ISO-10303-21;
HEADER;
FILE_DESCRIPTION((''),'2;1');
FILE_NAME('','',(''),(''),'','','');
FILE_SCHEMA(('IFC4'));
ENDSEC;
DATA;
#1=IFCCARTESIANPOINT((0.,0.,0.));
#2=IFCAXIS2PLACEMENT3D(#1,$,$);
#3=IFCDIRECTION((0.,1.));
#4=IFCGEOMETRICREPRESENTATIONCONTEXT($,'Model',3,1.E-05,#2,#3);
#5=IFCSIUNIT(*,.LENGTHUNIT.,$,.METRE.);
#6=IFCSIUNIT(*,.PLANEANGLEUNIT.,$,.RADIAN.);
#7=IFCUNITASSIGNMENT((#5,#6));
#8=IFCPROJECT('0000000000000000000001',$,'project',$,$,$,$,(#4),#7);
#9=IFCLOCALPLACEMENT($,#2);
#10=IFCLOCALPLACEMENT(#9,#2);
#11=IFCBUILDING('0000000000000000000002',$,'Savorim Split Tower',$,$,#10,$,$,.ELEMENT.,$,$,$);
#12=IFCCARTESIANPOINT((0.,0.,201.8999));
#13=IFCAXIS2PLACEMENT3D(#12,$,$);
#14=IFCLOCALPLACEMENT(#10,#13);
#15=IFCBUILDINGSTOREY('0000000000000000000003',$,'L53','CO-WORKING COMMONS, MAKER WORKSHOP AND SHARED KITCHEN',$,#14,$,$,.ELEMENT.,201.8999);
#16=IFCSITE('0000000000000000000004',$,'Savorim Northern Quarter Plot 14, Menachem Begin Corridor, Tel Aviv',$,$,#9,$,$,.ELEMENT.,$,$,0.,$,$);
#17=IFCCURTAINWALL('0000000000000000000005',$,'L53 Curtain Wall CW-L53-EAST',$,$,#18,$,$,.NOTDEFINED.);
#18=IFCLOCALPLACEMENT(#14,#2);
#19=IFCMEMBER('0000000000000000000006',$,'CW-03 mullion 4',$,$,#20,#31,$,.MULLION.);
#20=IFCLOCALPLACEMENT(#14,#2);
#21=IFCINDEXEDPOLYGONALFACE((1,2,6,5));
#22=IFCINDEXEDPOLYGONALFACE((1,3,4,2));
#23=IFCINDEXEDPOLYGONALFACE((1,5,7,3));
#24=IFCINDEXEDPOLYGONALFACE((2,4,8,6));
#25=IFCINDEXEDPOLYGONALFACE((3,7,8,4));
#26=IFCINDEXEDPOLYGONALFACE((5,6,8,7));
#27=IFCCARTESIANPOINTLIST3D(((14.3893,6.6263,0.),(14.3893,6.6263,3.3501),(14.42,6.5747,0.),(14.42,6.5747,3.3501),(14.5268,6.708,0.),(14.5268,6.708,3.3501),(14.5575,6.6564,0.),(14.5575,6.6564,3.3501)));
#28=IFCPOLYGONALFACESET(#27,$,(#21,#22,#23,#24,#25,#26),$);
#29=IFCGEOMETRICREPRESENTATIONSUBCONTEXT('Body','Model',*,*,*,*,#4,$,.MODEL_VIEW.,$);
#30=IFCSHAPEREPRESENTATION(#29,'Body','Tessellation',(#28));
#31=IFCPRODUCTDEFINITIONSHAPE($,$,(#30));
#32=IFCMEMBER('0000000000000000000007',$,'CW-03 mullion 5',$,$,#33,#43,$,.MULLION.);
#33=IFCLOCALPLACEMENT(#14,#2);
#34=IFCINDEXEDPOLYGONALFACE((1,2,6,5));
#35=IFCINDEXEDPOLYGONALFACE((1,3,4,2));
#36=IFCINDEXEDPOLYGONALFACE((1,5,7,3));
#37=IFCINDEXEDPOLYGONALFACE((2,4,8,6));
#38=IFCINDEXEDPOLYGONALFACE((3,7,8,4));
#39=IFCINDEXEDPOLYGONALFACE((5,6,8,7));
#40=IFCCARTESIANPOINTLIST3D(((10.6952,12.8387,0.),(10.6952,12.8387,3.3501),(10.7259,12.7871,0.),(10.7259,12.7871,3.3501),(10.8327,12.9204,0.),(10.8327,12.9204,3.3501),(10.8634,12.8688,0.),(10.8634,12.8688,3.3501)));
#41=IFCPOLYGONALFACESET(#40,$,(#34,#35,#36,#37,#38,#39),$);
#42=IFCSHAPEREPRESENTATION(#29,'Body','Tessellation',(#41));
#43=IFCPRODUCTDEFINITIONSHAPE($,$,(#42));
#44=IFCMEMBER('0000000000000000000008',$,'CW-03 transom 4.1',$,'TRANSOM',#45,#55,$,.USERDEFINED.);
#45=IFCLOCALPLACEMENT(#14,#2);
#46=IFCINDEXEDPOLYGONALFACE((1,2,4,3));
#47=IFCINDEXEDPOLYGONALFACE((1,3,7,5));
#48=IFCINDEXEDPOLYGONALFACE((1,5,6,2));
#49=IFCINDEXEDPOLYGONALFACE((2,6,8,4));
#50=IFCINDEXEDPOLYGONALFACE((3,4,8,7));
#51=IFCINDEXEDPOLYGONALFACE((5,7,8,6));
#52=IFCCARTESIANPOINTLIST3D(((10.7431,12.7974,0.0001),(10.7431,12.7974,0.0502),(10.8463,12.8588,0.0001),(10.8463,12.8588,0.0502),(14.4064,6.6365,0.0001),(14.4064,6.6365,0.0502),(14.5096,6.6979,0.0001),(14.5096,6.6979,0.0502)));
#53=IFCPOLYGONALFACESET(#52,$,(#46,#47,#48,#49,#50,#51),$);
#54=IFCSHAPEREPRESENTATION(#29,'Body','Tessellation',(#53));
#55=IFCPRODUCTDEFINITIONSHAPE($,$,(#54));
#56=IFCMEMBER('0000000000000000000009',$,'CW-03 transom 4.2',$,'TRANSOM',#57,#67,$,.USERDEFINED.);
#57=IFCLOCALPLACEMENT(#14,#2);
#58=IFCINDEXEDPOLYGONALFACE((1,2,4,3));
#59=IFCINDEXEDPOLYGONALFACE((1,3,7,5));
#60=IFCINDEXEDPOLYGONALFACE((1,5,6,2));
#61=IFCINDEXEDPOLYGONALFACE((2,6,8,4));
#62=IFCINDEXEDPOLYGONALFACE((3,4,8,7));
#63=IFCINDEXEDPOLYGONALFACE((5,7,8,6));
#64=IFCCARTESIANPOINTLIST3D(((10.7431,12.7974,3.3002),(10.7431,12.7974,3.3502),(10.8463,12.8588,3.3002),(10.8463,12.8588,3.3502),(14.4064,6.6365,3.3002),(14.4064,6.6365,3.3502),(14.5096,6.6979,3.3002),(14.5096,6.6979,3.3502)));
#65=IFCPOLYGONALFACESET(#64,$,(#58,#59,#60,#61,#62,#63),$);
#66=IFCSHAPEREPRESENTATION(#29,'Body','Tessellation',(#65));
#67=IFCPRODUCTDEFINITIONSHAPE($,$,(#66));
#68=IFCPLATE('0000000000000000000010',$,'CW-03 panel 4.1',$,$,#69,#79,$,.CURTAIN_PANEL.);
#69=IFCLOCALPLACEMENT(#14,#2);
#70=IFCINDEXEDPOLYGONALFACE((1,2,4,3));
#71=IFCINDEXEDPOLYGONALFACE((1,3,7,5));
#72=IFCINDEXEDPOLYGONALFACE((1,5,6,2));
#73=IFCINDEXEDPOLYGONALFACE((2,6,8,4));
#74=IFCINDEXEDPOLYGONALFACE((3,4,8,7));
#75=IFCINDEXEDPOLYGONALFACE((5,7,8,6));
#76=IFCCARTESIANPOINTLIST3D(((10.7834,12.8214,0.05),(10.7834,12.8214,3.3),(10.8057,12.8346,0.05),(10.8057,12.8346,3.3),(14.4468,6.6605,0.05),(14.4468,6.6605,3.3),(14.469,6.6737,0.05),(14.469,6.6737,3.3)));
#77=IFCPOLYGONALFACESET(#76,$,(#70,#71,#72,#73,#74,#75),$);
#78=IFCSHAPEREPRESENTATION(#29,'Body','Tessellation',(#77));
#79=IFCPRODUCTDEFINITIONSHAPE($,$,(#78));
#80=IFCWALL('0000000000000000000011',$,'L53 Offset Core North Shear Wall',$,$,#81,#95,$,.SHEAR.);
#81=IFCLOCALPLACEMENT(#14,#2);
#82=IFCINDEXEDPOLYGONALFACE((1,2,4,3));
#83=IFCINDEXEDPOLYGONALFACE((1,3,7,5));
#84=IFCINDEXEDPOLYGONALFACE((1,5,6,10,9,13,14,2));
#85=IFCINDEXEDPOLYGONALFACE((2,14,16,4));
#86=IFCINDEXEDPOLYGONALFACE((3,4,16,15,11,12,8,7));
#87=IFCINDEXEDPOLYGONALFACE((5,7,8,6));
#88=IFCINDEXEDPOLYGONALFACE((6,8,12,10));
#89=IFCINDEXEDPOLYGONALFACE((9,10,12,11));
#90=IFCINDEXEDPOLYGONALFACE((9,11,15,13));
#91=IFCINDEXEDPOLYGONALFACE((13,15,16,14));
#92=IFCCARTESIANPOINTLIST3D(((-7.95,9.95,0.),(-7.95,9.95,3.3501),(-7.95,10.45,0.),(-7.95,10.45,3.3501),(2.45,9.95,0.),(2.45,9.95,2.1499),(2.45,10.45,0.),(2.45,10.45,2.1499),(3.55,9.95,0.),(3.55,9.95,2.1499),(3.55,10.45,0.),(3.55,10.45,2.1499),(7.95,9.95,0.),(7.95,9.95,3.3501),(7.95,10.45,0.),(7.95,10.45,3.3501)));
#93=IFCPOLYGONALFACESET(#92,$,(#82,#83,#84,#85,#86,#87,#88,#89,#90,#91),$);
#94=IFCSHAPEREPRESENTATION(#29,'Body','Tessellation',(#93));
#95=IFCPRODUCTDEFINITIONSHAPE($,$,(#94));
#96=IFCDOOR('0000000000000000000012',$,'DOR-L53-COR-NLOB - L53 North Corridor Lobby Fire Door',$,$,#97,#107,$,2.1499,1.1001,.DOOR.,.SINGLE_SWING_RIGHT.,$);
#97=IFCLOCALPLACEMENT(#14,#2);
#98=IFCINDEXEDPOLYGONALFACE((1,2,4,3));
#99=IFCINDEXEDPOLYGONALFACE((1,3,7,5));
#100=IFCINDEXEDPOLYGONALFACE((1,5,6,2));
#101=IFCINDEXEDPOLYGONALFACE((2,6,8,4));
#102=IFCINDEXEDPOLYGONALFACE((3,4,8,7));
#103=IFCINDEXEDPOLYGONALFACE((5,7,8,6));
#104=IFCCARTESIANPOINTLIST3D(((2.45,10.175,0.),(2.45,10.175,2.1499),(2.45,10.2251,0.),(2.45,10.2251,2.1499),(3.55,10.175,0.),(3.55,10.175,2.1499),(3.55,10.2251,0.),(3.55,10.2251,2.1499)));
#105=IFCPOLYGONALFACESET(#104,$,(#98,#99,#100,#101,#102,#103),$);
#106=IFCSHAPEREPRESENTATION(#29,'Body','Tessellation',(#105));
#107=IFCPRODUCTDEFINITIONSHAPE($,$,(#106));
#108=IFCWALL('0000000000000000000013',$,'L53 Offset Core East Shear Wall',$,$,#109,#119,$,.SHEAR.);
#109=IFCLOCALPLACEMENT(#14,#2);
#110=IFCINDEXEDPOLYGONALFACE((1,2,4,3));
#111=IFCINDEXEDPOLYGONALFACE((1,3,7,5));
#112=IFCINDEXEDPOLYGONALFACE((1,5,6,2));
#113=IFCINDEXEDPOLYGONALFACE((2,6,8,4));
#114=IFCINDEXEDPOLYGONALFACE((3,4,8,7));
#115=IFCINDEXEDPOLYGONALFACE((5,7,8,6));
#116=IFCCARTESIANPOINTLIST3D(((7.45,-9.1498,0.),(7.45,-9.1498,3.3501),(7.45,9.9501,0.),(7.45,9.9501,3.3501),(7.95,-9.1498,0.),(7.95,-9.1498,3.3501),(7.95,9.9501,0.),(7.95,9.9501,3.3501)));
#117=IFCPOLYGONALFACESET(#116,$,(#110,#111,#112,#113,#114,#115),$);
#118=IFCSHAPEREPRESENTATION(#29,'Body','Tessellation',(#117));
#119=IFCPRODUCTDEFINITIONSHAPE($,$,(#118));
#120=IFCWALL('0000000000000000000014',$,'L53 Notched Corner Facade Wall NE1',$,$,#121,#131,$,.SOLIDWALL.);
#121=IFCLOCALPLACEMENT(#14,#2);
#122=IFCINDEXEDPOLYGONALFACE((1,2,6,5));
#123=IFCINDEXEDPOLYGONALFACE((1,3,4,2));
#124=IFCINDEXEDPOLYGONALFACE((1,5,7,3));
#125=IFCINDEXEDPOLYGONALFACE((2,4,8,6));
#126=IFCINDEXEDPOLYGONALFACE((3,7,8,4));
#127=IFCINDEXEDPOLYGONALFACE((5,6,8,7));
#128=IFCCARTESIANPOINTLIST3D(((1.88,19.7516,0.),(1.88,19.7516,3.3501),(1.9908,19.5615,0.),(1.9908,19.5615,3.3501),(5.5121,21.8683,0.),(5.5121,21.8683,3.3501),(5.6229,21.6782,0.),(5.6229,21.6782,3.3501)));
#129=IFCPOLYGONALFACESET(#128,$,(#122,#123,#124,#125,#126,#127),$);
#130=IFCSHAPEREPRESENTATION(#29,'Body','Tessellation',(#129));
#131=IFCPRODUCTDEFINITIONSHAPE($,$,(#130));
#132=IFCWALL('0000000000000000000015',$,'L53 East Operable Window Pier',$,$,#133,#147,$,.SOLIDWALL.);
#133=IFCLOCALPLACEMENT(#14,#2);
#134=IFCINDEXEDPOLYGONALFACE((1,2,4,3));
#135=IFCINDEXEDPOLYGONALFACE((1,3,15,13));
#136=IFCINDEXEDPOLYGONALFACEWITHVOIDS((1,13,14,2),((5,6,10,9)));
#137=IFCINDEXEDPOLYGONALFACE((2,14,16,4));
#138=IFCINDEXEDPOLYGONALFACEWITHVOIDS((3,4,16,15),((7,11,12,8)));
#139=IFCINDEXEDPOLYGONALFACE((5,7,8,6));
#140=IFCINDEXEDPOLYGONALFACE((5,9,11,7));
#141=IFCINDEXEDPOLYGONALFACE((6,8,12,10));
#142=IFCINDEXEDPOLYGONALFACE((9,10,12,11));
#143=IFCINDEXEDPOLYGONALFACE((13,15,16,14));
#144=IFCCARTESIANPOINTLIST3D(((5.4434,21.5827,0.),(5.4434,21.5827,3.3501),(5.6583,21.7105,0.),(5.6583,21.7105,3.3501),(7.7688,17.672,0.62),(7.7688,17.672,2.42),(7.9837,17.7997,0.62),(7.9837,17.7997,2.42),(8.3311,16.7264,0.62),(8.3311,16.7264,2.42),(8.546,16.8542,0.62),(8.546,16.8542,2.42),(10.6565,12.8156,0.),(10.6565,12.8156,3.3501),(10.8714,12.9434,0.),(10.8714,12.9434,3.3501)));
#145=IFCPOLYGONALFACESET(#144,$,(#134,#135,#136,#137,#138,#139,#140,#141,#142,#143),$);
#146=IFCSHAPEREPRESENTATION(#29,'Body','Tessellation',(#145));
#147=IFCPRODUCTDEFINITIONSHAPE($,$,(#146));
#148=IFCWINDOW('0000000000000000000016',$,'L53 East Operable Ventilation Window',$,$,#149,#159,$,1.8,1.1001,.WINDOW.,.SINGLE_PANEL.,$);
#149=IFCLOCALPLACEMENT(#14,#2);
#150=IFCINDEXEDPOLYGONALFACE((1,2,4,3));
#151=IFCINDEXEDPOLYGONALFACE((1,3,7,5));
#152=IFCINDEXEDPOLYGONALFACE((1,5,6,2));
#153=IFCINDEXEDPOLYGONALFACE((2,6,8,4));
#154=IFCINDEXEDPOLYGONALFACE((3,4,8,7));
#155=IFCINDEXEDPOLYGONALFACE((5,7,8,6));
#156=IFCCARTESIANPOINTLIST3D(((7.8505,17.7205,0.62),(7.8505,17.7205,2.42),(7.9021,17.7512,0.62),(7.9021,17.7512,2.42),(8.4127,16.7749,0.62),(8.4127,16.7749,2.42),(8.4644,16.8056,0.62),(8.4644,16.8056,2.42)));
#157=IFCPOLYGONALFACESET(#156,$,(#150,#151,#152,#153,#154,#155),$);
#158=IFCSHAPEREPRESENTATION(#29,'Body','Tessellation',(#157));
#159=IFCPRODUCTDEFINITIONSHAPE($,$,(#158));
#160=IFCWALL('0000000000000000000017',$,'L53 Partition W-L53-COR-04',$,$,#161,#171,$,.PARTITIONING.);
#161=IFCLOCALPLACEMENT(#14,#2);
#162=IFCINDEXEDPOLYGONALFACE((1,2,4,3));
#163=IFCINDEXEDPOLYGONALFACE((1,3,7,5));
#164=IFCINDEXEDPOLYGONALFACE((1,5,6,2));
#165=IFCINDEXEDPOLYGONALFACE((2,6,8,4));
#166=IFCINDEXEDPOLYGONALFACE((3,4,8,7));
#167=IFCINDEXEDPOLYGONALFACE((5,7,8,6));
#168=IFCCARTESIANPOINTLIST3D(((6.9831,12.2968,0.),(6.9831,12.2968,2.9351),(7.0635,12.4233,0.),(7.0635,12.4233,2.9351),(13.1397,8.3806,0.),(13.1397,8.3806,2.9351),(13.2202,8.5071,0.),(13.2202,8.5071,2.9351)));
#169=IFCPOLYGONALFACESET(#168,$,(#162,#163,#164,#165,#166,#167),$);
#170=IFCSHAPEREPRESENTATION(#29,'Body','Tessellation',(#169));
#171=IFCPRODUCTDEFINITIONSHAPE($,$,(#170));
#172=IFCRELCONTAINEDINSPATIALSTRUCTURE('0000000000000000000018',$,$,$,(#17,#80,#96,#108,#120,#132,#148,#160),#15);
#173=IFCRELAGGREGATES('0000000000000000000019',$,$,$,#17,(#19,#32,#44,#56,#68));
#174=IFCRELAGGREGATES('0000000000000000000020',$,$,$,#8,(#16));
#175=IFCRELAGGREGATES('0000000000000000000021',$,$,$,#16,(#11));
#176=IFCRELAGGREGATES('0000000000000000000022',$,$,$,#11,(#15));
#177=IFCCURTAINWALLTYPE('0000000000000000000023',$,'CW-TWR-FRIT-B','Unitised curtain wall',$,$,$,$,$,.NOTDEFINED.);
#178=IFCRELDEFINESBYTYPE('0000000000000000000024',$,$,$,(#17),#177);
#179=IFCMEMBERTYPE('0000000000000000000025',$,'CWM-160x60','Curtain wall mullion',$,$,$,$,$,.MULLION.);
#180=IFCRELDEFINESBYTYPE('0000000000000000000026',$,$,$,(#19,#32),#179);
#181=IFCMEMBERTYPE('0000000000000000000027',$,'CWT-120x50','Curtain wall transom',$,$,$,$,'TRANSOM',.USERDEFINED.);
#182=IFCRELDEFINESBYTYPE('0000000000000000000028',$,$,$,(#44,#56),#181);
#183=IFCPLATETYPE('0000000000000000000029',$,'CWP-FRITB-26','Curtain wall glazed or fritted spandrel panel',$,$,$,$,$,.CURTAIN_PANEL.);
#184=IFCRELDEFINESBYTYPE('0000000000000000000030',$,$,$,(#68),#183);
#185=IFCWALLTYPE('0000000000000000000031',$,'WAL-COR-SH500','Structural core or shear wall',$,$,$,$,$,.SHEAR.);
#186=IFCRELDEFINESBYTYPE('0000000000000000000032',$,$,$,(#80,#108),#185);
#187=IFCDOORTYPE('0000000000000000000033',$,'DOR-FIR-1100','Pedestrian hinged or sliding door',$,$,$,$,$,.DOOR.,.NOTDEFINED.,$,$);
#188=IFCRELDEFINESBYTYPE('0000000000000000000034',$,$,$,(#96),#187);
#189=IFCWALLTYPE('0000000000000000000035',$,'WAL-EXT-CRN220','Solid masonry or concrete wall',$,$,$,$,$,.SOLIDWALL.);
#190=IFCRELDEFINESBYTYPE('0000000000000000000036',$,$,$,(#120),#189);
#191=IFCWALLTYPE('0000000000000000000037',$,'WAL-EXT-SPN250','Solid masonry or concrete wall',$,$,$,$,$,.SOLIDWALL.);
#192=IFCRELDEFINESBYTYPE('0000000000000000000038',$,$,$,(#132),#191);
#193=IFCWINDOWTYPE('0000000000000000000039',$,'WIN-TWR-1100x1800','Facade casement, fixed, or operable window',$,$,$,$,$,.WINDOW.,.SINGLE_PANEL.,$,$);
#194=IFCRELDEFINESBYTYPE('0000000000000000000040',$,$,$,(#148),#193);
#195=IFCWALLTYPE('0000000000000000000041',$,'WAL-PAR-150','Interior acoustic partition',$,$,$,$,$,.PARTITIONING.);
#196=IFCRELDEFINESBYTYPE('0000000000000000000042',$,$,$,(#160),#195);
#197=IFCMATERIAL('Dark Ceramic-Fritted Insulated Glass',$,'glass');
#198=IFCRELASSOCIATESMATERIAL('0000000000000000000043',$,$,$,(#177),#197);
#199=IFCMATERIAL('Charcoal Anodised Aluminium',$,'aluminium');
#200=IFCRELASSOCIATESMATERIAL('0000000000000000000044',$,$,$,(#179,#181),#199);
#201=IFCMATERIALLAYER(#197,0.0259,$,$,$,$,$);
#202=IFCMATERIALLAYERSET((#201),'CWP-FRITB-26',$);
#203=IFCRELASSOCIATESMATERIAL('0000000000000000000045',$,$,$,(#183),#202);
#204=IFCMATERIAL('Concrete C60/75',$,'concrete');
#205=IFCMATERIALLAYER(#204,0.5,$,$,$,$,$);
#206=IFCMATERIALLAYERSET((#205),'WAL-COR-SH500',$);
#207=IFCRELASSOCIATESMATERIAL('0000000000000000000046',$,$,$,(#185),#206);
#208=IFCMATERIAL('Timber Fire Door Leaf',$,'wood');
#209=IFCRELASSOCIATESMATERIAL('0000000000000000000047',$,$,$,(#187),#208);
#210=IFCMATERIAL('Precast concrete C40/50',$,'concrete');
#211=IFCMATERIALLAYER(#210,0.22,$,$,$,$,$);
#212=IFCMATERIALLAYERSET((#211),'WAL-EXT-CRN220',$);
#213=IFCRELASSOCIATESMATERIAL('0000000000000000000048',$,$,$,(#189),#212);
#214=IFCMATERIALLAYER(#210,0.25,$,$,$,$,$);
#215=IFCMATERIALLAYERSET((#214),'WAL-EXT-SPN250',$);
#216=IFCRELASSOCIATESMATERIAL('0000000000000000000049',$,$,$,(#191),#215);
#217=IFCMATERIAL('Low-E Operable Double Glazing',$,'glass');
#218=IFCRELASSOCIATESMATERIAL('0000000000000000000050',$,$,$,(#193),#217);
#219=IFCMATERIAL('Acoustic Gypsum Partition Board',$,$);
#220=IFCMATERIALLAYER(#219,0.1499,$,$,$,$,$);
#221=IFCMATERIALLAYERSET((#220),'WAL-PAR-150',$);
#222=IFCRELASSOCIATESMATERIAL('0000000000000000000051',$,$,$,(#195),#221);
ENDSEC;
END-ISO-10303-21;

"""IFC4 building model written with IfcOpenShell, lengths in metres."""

from ifc_helpers import new_model, si_unit, direction, frame, frame_2d, origin, origin_2d, place, context, subcontext, project, spatial, rectangle, extrude, material, layer, layer_set, material_profile, profile_set, type_object, element, fill, aggregate, save


model = new_model("IFC4")

# Units and contexts
model_context = context("Model", 3, precision=1e-05, world=origin(), true_north=direction((0.0, 1.0)))
body_context = subcontext(model_context, "Body", "Model", "MODEL_VIEW")
ifc_project = project(units=[si_unit("LENGTHUNIT", "METRE"), si_unit("PLANEANGLEUNIT", "RADIAN")], contexts=[model_context])

# Site, building, storey
site_placement = place(None, origin())
site = spatial("IfcSite", under=ifc_project, at=site_placement, Name="Savorim Northern Quarter Plot 14, Menachem Begin Corridor, Tel Aviv", CompositionType="ELEMENT", RefElevation=0.0)
building_placement = place(site_placement, origin())
building = spatial("IfcBuilding", under=site, at=building_placement, Name="Savorim Split Tower", CompositionType="ELEMENT")
storey_placement = place(building_placement, frame((0.0, 0.0, 201.8999)))
storey = spatial("IfcBuildingStorey", under=building, at=storey_placement, Name="L53", Description="CO-WORKING COMMONS, MAKER WORKSHOP AND SHARED KITCHEN", CompositionType="ELEMENT", Elevation=201.8999)

# Curtain wall, members, plate
ifc_material_1 = material(Name="Dark Ceramic-Fritted Insulated Glass", Category="glass")
curtain_wall_type = type_object("IfcCurtainWallType", Name="CW-TWR-FRIT-B", Description="Unitised curtain wall", PredefinedType="NOTDEFINED", material=ifc_material_1)
curtain_wall_placement = place(storey_placement, origin())
curtain_wall = element("IfcCurtainWall", 1, at=curtain_wall_placement, inside=storey, type_object=curtain_wall_type, Name="L53 Curtain Wall CW-L53-EAST", PredefinedType="NOTDEFINED")
ifc_material_2 = material(Name="Charcoal Anodised Aluminium", Category="aluminium")
ifc_material_profile_1 = material_profile(ifc_material_2, rectangle(XDim=0.1599, YDim=0.0601, at=origin_2d()), Name="ALU-M 160x60")
ifc_profile_set_1 = profile_set([ifc_material_profile_1], Name="Charcoal Anodised Aluminium")
member_type_1 = type_object("IfcMemberType", Name="CWM-160x60", Description="Curtain wall mullion", PredefinedType="MULLION", material=ifc_profile_set_1)
member_1_placement = place(storey_placement, frame((14.4734, 6.6414, 0.0), z_axis=(0.0, 0.0, 1.0), x_axis=(-0.859526, -0.511092, 0.0)))
member_1 = element("IfcMember", 2, at=member_1_placement, type_object=member_type_1, Name="CW-03 mullion 4", PredefinedType="MULLION", context=body_context, shape_type="SweptSolid", body=[
    extrude(rectangle(XDim=0.1599, YDim=0.0601, at=origin_2d()), origin(), (0.0, 0.0, 1.0), 3.3501),
])
member_2_placement = place(storey_placement, frame((10.7793, 12.8538, 0.0), z_axis=(0.0, 0.0, 1.0), x_axis=(-0.859526, -0.511092, 0.0)))
member_2 = element("IfcMember", 3, at=member_2_placement, type_object=member_type_1, Name="CW-03 mullion 5", PredefinedType="MULLION", context=body_context, shape_type="SweptSolid", body=[
    extrude(rectangle(XDim=0.1599, YDim=0.0601, at=origin_2d()), origin(), (0.0, 0.0, 1.0), 3.3501),
])
ifc_material_profile_2 = material_profile(ifc_material_2, rectangle(XDim=0.1201, YDim=0.05, at=origin_2d()), Name="ALU-T 120x50")
ifc_profile_set_2 = profile_set([ifc_material_profile_2], Name="Charcoal Anodised Aluminium")
member_type_2 = type_object("IfcMemberType", Name="CWT-120x50", Description="Curtain wall transom", ElementType="TRANSOM", PredefinedType="USERDEFINED", material=ifc_profile_set_2)
member_3_placement = place(storey_placement, frame((14.458, 6.6672, 0.0251), z_axis=(-0.511086, 0.85953, 0.0), x_axis=(-0.85953, -0.511086, 0.0)))
member_3 = element("IfcMember", 4, at=member_3_placement, type_object=member_type_2, Name="CW-03 transom 4.1", ObjectType="TRANSOM", PredefinedType="USERDEFINED", context=body_context, shape_type="SweptSolid", body=[
    extrude(rectangle(XDim=0.1201, YDim=0.05, at=origin_2d()), origin(), (0.0, 0.0, 1.0), 7.1677),
])
member_4_placement = place(storey_placement, frame((14.458, 6.6672, 3.3252), z_axis=(-0.511086, 0.85953, 0.0), x_axis=(-0.85953, -0.511086, 0.0)))
member_4 = element("IfcMember", 5, at=member_4_placement, type_object=member_type_2, Name="CW-03 transom 4.2", ObjectType="TRANSOM", PredefinedType="USERDEFINED", context=body_context, shape_type="SweptSolid", body=[
    extrude(rectangle(XDim=0.1201, YDim=0.05, at=origin_2d()), origin(), (0.0, 0.0, 1.0), 7.1677),
])
ifc_layer_1 = layer(ifc_material_1, 0.0259)
ifc_layer_set_1 = layer_set([ifc_layer_1], Name="CWP-FRITB-26")
plate_type = type_object("IfcPlateType", Name="CWP-FRITB-26", Description="Curtain wall glazed or fritted spandrel panel", PredefinedType="CURTAIN_PANEL", material=ifc_layer_set_1)
plate_placement = place(storey_placement, frame((12.6262, 9.7476, 0.05), z_axis=(0.0, 0.0, 1.0), x_axis=(-0.511092, 0.859526, 0.0)))
plate = element("IfcPlate", 6, at=plate_placement, type_object=plate_type, Name="CW-03 panel 4.1", PredefinedType="CURTAIN_PANEL", context=body_context, shape_type="SweptSolid", body=[
    extrude(rectangle(XDim=7.1677, YDim=0.0259, at=origin_2d()), origin(), (0.0, 0.0, 1.0), 3.25),
])
aggregate(curtain_wall, [member_1, member_2, member_3, member_4, plate])

# Wall, opening, door
ifc_material_3 = material(Name="Concrete C60/75", Category="concrete")
ifc_layer_2 = layer(ifc_material_3, 0.5)
ifc_layer_set_2 = layer_set([ifc_layer_2], Name="WAL-COR-SH500")
wall_type_1 = type_object("IfcWallType", Name="WAL-COR-SH500", Description="Structural core or shear wall", PredefinedType="SHEAR", material=ifc_layer_set_2)
wall_1_placement = place(storey_placement, frame((7.95, 10.2, 0.0), z_axis=(0.0, 0.0, 1.0), x_axis=(-1.0, 0.0, 0.0)))
wall_1 = element("IfcWall", 7, at=wall_1_placement, inside=storey, type_object=wall_type_1, Name="L53 Offset Core North Shear Wall", PredefinedType="SHEAR", context=body_context, shape_type="SweptSolid", body=[
    extrude(rectangle(XDim=15.8999, YDim=0.5, at=frame_2d((7.95, 0.0))), origin(), (0.0, 0.0, 1.0), 3.3501),
])
opening_1_placement = place(wall_1_placement, frame((4.3999, 0.0, 0.0)))
opening_1 = element("IfcOpeningElement", 8, at=opening_1_placement, cuts=wall_1, PredefinedType="OPENING", context=body_context, shape_type="SweptSolid", body=[
    extrude(rectangle(XDim=1.1001, YDim=2.1499, at=frame_2d((0.55, 1.075))), frame((0.0, 0.26, 0.0), z_axis=(0.0, -1.0, 0.0), x_axis=(1.0, 0.0, 0.0)), (0.0, 0.0, 1.0), 0.52),
])
ifc_material_4 = material(Name="Timber Fire Door Leaf", Category="wood")
door_type_1 = type_object("IfcDoorType", Name="DOR-FIR-1100", Description="Pedestrian hinged or sliding door", OperationType="NOTDEFINED", PredefinedType="DOOR", material=ifc_material_4)
door_1_placement = place(opening_1_placement, origin())
door_1 = element("IfcDoor", 9, at=door_1_placement, inside=storey, type_object=door_type_1, Name="DOR-L53-COR-NLOB - L53 North Corridor Lobby Fire Door", OperationType="SINGLE_SWING_RIGHT", OverallHeight=2.1499, OverallWidth=1.1001, PredefinedType="DOOR", context=body_context, shape_type="SweptSolid", body=[
    extrude(rectangle(XDim=1.1001, YDim=2.1499, at=frame_2d((0.55, 1.075))), frame((0.0, 0.0249, 0.0), z_axis=(0.0, -1.0, 0.0), x_axis=(1.0, 0.0, 0.0)), (0.0, 0.0, 1.0), 0.05),
])
fill(opening_1, door_1)

# Walls
wall_2_placement = place(storey_placement, frame((7.7, 9.95, 0.0), z_axis=(0.0, 0.0, 1.0), x_axis=(0.0, -1.0, 0.0)))
element("IfcWall", 10, at=wall_2_placement, inside=storey, type_object=wall_type_1, Name="L53 Offset Core East Shear Wall", PredefinedType="SHEAR", context=body_context, shape_type="SweptSolid", body=[
    extrude(rectangle(XDim=19.0999, YDim=0.5, at=frame_2d((9.5498, 0.0))), origin(), (0.0, 0.0, 1.0), 3.3501),
])
ifc_material_5 = material(Name="Precast concrete C40/50", Category="concrete")
ifc_layer_3 = layer(ifc_material_5, 0.22)
ifc_layer_set_3 = layer_set([ifc_layer_3], Name="WAL-EXT-CRN220")
wall_type_2 = type_object("IfcWallType", Name="WAL-EXT-CRN220", Description="Solid masonry or concrete wall", PredefinedType="SOLIDWALL", material=ifc_layer_set_3)
wall_3_placement = place(storey_placement, frame((1.9353, 19.6565, 0.0), z_axis=(0.0, 0.0, 1.0), x_axis=(0.863987, 0.503514, 0.0)))
element("IfcWall", 11, at=wall_3_placement, inside=storey, type_object=wall_type_2, Name="L53 Notched Corner Facade Wall NE1", PredefinedType="SOLIDWALL", context=body_context, shape_type="SweptSolid", body=[
    extrude(rectangle(XDim=4.2039, YDim=0.22, at=frame_2d((2.1021, 0.0))), origin(), (0.0, 0.0, 1.0), 3.3501),
])

# Wall, opening, window
ifc_layer_4 = layer(ifc_material_5, 0.25)
ifc_layer_set_4 = layer_set([ifc_layer_4], Name="WAL-EXT-SPN250")
wall_type_3 = type_object("IfcWallType", Name="WAL-EXT-SPN250", Description="Solid masonry or concrete wall", PredefinedType="SOLIDWALL", material=ifc_layer_set_4)
wall_4_placement = place(storey_placement, frame((5.5508, 21.6467, 0.0), z_axis=(0.0, 0.0, 1.0), x_axis=(0.511095, -0.859524, 0.0)))
wall_4 = element("IfcWall", 12, at=wall_4_placement, inside=storey, type_object=wall_type_3, Name="L53 East Operable Window Pier", PredefinedType="SOLIDWALL", context=body_context, shape_type="SweptSolid", body=[
    extrude(rectangle(XDim=10.2, YDim=0.25, at=frame_2d((5.1001, 0.0))), origin(), (0.0, 0.0, 1.0), 3.3501),
])
opening_2_placement = place(wall_4_placement, frame((4.55, 0.0, 0.6201)))
opening_2 = element("IfcOpeningElement", 13, at=opening_2_placement, cuts=wall_4, PredefinedType="OPENING", context=body_context, shape_type="SweptSolid", body=[
    extrude(rectangle(XDim=1.1001, YDim=1.8, at=frame_2d((0.55, 0.8999))), frame((0.0, 0.135, 0.0), z_axis=(0.0, -1.0, 0.0), x_axis=(1.0, 0.0, 0.0)), (0.0, 0.0, 1.0), 0.27),
])
ifc_material_6 = material(Name="Low-E Operable Double Glazing", Category="glass")
window_type = type_object("IfcWindowType", Name="WIN-TWR-1100x1800", Description="Facade casement, fixed, or operable window", PartitioningType="SINGLE_PANEL", PredefinedType="WINDOW", material=ifc_material_6)
window_placement = place(opening_2_placement, origin())
window = element("IfcWindow", 14, at=window_placement, inside=storey, type_object=window_type, Name="L53 East Operable Ventilation Window", OverallHeight=1.8, OverallWidth=1.1001, PartitioningType="SINGLE_PANEL", PredefinedType="WINDOW", context=body_context, shape_type="SweptSolid", body=[
    extrude(rectangle(XDim=1.1001, YDim=1.8, at=frame_2d((0.55, 0.8999))), frame((0.0, 0.03, 0.0), z_axis=(0.0, -1.0, 0.0), x_axis=(1.0, 0.0, 0.0)), (0.0, 0.0, 1.0), 0.0601),
])
fill(opening_2, window)

# Wall
ifc_material_7 = material(Name="Acoustic Gypsum Partition Board")
ifc_layer_5 = layer(ifc_material_7, 0.1499)
ifc_layer_set_5 = layer_set([ifc_layer_5], Name="WAL-PAR-150")
wall_type_4 = type_object("IfcWallType", Name="WAL-PAR-150", Description="Interior acoustic partition", PredefinedType="PARTITIONING", material=ifc_layer_set_5)
wall_5_placement = place(storey_placement, frame((7.0232, 12.3601, 0.0), z_axis=(0.0, 0.0, 1.0), x_axis=(0.843765, -0.536713, 0.0)))
element("IfcWall", 15, at=wall_5_placement, inside=storey, type_object=wall_type_4, Name="L53 Partition W-L53-COR-04", PredefinedType="PARTITIONING", context=body_context, shape_type="SweptSolid", body=[
    extrude(rectangle(XDim=7.2966, YDim=0.1499, at=frame_2d((3.6484, 0.0))), origin(), (0.0, 0.0, 1.0), 2.9351),
])

save(model, "model.ifc")
